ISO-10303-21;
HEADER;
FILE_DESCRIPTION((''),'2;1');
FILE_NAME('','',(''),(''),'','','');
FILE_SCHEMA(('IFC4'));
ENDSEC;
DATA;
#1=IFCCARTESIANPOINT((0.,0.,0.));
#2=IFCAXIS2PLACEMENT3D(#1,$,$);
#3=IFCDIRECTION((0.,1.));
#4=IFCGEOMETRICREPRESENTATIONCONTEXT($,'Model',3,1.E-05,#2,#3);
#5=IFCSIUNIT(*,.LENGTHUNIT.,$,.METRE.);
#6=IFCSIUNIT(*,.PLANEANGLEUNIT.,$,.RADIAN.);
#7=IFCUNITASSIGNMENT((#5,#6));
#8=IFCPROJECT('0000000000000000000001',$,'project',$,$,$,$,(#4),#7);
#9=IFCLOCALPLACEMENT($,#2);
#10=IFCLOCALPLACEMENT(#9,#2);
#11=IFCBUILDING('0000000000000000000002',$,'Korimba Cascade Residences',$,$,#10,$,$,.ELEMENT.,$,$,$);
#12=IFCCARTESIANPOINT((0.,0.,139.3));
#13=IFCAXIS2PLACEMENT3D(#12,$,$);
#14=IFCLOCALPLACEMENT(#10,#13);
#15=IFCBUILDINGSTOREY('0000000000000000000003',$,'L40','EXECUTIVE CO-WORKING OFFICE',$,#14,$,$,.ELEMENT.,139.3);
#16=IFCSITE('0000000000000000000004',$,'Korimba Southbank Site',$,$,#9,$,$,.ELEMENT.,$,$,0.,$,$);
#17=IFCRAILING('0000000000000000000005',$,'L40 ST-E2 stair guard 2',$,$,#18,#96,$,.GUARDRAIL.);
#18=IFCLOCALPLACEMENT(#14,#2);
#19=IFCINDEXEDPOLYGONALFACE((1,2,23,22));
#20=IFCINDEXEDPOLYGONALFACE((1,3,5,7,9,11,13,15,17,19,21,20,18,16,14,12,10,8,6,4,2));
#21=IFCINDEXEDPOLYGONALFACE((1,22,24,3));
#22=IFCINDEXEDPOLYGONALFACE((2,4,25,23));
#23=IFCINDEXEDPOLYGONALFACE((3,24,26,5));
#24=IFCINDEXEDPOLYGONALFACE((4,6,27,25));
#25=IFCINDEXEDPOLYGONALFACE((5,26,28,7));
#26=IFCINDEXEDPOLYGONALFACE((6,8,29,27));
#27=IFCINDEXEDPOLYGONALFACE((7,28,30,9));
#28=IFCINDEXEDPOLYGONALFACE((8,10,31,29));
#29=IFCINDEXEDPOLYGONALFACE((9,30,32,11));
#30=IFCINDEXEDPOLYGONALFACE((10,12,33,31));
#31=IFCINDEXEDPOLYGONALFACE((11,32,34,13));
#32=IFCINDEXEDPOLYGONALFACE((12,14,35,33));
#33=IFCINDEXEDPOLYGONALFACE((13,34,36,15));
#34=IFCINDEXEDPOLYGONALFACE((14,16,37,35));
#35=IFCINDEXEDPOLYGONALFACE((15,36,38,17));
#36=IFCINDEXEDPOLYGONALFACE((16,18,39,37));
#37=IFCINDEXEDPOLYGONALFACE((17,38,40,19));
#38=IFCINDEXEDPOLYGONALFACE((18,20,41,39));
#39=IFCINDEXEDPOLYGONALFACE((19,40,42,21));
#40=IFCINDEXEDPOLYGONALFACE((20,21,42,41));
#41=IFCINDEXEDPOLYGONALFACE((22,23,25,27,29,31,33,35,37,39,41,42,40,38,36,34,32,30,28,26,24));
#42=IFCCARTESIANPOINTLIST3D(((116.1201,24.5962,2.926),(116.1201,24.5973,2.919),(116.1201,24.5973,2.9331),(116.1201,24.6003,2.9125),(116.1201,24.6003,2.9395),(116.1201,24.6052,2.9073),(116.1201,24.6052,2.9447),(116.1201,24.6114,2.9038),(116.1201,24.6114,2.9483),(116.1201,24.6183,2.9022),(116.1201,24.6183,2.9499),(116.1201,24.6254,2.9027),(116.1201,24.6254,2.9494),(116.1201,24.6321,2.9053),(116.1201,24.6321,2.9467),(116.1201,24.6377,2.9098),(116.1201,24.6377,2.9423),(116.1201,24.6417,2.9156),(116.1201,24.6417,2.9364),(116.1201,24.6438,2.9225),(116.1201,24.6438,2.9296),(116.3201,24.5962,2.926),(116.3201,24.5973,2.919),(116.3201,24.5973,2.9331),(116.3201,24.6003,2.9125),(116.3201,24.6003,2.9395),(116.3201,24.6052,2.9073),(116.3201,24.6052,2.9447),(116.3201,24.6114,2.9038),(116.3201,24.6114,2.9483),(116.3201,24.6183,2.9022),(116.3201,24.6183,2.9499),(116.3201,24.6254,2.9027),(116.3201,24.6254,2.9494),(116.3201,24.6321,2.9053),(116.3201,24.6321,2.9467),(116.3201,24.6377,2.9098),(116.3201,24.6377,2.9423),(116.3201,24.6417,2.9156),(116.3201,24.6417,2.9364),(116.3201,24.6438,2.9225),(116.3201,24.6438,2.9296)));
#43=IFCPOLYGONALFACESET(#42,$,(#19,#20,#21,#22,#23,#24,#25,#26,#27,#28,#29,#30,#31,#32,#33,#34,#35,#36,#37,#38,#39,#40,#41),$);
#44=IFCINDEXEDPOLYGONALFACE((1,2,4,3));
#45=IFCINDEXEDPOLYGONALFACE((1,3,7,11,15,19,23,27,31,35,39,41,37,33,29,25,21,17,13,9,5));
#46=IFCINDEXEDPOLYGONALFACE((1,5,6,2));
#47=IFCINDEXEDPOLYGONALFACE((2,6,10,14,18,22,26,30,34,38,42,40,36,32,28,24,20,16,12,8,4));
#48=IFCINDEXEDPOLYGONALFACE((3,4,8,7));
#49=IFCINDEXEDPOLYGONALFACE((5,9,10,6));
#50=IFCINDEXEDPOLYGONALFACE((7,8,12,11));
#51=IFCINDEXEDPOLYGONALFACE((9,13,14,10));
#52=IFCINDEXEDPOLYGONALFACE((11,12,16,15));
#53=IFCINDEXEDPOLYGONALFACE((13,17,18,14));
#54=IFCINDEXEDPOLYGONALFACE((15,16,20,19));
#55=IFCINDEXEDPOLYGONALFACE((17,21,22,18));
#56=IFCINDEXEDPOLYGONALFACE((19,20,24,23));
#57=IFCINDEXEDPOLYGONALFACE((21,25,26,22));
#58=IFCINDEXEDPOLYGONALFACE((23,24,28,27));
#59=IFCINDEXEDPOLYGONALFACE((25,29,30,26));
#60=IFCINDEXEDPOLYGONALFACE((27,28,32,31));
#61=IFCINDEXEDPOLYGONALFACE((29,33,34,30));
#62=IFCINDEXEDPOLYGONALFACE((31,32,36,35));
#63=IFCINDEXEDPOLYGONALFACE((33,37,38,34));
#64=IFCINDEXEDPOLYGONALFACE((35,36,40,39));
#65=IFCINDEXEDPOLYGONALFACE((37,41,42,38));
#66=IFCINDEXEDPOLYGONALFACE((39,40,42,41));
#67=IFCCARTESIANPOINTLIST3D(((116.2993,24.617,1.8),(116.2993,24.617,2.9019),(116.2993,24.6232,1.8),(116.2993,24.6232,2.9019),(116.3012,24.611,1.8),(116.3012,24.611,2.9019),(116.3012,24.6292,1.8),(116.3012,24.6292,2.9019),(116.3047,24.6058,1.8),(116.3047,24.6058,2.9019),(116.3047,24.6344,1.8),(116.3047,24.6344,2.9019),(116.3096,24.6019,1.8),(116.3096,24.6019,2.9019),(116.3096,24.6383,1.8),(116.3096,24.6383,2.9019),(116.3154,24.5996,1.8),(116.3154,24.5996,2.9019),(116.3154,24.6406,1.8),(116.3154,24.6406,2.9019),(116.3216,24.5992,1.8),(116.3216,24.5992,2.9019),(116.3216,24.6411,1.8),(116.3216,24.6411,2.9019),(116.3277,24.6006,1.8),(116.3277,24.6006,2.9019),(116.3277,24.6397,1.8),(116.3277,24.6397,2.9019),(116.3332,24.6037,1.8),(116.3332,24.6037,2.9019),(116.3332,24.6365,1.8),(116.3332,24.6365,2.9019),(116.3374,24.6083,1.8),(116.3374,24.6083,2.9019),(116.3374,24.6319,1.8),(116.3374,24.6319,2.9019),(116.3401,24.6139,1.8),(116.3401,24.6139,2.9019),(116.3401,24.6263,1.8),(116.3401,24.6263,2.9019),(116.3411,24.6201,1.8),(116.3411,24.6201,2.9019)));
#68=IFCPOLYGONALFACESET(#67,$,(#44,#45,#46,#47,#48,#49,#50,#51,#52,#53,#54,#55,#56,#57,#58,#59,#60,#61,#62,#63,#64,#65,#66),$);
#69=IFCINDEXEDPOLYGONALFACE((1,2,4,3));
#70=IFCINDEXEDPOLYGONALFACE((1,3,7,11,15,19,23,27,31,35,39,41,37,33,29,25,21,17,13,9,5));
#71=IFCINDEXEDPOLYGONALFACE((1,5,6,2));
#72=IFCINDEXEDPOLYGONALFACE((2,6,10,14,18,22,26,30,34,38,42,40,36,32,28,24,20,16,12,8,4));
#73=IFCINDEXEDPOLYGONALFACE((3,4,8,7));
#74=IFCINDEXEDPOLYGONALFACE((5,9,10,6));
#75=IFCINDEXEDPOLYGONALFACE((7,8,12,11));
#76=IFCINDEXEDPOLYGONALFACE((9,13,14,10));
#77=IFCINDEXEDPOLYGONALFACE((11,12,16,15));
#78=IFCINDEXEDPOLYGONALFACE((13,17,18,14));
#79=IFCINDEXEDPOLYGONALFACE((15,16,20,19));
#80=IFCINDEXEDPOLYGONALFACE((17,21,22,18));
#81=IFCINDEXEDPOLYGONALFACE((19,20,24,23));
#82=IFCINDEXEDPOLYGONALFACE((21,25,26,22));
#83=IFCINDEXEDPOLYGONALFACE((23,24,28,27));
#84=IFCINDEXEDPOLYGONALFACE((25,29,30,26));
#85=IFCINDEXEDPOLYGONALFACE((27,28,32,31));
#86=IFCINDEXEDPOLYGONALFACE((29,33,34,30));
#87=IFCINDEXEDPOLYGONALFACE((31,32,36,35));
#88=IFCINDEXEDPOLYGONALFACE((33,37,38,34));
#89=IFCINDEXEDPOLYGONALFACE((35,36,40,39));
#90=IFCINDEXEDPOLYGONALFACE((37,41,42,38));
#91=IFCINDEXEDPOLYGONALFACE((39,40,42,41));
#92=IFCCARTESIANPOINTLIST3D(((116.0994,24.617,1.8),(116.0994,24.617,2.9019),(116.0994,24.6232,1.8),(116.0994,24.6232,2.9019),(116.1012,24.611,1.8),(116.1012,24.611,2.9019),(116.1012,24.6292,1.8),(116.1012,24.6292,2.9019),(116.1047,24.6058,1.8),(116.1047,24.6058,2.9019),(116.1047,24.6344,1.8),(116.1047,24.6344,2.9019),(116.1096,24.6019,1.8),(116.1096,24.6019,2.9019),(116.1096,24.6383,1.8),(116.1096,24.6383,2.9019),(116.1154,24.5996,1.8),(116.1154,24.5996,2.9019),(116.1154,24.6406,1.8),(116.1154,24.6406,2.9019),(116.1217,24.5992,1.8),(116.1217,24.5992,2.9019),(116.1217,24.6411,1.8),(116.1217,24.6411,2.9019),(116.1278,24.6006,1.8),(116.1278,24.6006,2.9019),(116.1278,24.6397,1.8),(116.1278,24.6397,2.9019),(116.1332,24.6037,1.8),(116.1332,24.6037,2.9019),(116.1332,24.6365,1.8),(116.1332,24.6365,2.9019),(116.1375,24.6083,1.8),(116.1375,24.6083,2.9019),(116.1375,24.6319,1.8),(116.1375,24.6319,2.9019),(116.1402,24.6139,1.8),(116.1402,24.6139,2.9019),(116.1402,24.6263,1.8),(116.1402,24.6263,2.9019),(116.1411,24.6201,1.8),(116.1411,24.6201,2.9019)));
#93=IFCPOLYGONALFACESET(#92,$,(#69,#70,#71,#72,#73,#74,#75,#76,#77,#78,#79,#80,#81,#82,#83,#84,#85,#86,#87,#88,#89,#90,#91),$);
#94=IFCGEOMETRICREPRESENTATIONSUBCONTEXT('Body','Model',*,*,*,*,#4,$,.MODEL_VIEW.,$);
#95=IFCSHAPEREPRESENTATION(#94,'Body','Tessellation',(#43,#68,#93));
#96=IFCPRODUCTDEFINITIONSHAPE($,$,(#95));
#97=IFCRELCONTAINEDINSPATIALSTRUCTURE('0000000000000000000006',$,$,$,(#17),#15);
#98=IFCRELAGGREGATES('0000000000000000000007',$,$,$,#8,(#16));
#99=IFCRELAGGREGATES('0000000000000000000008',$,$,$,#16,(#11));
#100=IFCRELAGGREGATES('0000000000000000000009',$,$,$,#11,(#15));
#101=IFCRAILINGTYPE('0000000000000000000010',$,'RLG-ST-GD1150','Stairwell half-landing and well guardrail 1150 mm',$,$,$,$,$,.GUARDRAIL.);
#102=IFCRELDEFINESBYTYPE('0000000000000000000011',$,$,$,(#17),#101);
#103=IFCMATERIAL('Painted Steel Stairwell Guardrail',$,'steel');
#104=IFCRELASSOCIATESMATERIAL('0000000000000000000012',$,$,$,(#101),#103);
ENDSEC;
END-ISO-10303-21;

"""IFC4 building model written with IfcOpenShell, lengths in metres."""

from ifc_helpers import new_model, si_unit, direction, frame, origin, origin_2d, place, context, subcontext, project, spatial, circle, extrude, material, type_object, element, save


model = new_model("IFC4")

# Units and contexts
model_context = context("Model", 3, precision=1e-05, world=origin(), true_north=direction((0.0, 1.0)))
body_context = subcontext(model_context, "Body", "Model", "MODEL_VIEW")
ifc_project = project(units=[si_unit("LENGTHUNIT", "METRE"), si_unit("PLANEANGLEUNIT", "RADIAN")], contexts=[model_context])

# Site, building, storey
site_placement = place(None, origin())
site = spatial("IfcSite", under=ifc_project, at=site_placement, Name="Korimba Southbank Site", CompositionType="ELEMENT", RefElevation=0.0)
building_placement = place(site_placement, origin())
building = spatial("IfcBuilding", under=site, at=building_placement, Name="Korimba Cascade Residences", CompositionType="ELEMENT")
storey_placement = place(building_placement, frame((0.0, 0.0, 139.3)))
storey = spatial("IfcBuildingStorey", under=building, at=storey_placement, Name="L40", Description="EXECUTIVE CO-WORKING OFFICE", CompositionType="ELEMENT", Elevation=139.3)

# Railing
ifc_material_1 = material(Name="Painted Steel Stairwell Guardrail", Category="steel")
railing_type_1 = type_object("IfcRailingType", Name="RLG-ST-GD1150", Description="Stairwell half-landing and well guardrail 1150 mm", PredefinedType="GUARDRAIL", material=ifc_material_1)
railing_1_placement = place(storey_placement, frame((116.3201, 24.6201, 1.8)))
element("IfcRailing", 1, at=railing_1_placement, inside=storey, type_object=railing_type_1, Name="L40 ST-E2 stair guard 2", PredefinedType="GUARDRAIL", context=body_context, shape_type="SweptSolid", body=[
    extrude(circle(Radius=0.0239, at=origin_2d()), frame((0.0, 0.0, 1.126), z_axis=(-1.0, 0.0, 0.0), x_axis=(0.0, -1.0, 0.0)), (0.0, 0.0, 1.0), 0.2),
    extrude(circle(Radius=0.021, at=origin_2d()), origin(), (0.0, 0.0, 1.0), 1.1018),
    extrude(circle(Radius=0.021, at=origin_2d()), frame((-0.2, 0.0, 0.0)), (0.0, 0.0, 1.0), 1.1018),
])

save(model, "model.ifc")
